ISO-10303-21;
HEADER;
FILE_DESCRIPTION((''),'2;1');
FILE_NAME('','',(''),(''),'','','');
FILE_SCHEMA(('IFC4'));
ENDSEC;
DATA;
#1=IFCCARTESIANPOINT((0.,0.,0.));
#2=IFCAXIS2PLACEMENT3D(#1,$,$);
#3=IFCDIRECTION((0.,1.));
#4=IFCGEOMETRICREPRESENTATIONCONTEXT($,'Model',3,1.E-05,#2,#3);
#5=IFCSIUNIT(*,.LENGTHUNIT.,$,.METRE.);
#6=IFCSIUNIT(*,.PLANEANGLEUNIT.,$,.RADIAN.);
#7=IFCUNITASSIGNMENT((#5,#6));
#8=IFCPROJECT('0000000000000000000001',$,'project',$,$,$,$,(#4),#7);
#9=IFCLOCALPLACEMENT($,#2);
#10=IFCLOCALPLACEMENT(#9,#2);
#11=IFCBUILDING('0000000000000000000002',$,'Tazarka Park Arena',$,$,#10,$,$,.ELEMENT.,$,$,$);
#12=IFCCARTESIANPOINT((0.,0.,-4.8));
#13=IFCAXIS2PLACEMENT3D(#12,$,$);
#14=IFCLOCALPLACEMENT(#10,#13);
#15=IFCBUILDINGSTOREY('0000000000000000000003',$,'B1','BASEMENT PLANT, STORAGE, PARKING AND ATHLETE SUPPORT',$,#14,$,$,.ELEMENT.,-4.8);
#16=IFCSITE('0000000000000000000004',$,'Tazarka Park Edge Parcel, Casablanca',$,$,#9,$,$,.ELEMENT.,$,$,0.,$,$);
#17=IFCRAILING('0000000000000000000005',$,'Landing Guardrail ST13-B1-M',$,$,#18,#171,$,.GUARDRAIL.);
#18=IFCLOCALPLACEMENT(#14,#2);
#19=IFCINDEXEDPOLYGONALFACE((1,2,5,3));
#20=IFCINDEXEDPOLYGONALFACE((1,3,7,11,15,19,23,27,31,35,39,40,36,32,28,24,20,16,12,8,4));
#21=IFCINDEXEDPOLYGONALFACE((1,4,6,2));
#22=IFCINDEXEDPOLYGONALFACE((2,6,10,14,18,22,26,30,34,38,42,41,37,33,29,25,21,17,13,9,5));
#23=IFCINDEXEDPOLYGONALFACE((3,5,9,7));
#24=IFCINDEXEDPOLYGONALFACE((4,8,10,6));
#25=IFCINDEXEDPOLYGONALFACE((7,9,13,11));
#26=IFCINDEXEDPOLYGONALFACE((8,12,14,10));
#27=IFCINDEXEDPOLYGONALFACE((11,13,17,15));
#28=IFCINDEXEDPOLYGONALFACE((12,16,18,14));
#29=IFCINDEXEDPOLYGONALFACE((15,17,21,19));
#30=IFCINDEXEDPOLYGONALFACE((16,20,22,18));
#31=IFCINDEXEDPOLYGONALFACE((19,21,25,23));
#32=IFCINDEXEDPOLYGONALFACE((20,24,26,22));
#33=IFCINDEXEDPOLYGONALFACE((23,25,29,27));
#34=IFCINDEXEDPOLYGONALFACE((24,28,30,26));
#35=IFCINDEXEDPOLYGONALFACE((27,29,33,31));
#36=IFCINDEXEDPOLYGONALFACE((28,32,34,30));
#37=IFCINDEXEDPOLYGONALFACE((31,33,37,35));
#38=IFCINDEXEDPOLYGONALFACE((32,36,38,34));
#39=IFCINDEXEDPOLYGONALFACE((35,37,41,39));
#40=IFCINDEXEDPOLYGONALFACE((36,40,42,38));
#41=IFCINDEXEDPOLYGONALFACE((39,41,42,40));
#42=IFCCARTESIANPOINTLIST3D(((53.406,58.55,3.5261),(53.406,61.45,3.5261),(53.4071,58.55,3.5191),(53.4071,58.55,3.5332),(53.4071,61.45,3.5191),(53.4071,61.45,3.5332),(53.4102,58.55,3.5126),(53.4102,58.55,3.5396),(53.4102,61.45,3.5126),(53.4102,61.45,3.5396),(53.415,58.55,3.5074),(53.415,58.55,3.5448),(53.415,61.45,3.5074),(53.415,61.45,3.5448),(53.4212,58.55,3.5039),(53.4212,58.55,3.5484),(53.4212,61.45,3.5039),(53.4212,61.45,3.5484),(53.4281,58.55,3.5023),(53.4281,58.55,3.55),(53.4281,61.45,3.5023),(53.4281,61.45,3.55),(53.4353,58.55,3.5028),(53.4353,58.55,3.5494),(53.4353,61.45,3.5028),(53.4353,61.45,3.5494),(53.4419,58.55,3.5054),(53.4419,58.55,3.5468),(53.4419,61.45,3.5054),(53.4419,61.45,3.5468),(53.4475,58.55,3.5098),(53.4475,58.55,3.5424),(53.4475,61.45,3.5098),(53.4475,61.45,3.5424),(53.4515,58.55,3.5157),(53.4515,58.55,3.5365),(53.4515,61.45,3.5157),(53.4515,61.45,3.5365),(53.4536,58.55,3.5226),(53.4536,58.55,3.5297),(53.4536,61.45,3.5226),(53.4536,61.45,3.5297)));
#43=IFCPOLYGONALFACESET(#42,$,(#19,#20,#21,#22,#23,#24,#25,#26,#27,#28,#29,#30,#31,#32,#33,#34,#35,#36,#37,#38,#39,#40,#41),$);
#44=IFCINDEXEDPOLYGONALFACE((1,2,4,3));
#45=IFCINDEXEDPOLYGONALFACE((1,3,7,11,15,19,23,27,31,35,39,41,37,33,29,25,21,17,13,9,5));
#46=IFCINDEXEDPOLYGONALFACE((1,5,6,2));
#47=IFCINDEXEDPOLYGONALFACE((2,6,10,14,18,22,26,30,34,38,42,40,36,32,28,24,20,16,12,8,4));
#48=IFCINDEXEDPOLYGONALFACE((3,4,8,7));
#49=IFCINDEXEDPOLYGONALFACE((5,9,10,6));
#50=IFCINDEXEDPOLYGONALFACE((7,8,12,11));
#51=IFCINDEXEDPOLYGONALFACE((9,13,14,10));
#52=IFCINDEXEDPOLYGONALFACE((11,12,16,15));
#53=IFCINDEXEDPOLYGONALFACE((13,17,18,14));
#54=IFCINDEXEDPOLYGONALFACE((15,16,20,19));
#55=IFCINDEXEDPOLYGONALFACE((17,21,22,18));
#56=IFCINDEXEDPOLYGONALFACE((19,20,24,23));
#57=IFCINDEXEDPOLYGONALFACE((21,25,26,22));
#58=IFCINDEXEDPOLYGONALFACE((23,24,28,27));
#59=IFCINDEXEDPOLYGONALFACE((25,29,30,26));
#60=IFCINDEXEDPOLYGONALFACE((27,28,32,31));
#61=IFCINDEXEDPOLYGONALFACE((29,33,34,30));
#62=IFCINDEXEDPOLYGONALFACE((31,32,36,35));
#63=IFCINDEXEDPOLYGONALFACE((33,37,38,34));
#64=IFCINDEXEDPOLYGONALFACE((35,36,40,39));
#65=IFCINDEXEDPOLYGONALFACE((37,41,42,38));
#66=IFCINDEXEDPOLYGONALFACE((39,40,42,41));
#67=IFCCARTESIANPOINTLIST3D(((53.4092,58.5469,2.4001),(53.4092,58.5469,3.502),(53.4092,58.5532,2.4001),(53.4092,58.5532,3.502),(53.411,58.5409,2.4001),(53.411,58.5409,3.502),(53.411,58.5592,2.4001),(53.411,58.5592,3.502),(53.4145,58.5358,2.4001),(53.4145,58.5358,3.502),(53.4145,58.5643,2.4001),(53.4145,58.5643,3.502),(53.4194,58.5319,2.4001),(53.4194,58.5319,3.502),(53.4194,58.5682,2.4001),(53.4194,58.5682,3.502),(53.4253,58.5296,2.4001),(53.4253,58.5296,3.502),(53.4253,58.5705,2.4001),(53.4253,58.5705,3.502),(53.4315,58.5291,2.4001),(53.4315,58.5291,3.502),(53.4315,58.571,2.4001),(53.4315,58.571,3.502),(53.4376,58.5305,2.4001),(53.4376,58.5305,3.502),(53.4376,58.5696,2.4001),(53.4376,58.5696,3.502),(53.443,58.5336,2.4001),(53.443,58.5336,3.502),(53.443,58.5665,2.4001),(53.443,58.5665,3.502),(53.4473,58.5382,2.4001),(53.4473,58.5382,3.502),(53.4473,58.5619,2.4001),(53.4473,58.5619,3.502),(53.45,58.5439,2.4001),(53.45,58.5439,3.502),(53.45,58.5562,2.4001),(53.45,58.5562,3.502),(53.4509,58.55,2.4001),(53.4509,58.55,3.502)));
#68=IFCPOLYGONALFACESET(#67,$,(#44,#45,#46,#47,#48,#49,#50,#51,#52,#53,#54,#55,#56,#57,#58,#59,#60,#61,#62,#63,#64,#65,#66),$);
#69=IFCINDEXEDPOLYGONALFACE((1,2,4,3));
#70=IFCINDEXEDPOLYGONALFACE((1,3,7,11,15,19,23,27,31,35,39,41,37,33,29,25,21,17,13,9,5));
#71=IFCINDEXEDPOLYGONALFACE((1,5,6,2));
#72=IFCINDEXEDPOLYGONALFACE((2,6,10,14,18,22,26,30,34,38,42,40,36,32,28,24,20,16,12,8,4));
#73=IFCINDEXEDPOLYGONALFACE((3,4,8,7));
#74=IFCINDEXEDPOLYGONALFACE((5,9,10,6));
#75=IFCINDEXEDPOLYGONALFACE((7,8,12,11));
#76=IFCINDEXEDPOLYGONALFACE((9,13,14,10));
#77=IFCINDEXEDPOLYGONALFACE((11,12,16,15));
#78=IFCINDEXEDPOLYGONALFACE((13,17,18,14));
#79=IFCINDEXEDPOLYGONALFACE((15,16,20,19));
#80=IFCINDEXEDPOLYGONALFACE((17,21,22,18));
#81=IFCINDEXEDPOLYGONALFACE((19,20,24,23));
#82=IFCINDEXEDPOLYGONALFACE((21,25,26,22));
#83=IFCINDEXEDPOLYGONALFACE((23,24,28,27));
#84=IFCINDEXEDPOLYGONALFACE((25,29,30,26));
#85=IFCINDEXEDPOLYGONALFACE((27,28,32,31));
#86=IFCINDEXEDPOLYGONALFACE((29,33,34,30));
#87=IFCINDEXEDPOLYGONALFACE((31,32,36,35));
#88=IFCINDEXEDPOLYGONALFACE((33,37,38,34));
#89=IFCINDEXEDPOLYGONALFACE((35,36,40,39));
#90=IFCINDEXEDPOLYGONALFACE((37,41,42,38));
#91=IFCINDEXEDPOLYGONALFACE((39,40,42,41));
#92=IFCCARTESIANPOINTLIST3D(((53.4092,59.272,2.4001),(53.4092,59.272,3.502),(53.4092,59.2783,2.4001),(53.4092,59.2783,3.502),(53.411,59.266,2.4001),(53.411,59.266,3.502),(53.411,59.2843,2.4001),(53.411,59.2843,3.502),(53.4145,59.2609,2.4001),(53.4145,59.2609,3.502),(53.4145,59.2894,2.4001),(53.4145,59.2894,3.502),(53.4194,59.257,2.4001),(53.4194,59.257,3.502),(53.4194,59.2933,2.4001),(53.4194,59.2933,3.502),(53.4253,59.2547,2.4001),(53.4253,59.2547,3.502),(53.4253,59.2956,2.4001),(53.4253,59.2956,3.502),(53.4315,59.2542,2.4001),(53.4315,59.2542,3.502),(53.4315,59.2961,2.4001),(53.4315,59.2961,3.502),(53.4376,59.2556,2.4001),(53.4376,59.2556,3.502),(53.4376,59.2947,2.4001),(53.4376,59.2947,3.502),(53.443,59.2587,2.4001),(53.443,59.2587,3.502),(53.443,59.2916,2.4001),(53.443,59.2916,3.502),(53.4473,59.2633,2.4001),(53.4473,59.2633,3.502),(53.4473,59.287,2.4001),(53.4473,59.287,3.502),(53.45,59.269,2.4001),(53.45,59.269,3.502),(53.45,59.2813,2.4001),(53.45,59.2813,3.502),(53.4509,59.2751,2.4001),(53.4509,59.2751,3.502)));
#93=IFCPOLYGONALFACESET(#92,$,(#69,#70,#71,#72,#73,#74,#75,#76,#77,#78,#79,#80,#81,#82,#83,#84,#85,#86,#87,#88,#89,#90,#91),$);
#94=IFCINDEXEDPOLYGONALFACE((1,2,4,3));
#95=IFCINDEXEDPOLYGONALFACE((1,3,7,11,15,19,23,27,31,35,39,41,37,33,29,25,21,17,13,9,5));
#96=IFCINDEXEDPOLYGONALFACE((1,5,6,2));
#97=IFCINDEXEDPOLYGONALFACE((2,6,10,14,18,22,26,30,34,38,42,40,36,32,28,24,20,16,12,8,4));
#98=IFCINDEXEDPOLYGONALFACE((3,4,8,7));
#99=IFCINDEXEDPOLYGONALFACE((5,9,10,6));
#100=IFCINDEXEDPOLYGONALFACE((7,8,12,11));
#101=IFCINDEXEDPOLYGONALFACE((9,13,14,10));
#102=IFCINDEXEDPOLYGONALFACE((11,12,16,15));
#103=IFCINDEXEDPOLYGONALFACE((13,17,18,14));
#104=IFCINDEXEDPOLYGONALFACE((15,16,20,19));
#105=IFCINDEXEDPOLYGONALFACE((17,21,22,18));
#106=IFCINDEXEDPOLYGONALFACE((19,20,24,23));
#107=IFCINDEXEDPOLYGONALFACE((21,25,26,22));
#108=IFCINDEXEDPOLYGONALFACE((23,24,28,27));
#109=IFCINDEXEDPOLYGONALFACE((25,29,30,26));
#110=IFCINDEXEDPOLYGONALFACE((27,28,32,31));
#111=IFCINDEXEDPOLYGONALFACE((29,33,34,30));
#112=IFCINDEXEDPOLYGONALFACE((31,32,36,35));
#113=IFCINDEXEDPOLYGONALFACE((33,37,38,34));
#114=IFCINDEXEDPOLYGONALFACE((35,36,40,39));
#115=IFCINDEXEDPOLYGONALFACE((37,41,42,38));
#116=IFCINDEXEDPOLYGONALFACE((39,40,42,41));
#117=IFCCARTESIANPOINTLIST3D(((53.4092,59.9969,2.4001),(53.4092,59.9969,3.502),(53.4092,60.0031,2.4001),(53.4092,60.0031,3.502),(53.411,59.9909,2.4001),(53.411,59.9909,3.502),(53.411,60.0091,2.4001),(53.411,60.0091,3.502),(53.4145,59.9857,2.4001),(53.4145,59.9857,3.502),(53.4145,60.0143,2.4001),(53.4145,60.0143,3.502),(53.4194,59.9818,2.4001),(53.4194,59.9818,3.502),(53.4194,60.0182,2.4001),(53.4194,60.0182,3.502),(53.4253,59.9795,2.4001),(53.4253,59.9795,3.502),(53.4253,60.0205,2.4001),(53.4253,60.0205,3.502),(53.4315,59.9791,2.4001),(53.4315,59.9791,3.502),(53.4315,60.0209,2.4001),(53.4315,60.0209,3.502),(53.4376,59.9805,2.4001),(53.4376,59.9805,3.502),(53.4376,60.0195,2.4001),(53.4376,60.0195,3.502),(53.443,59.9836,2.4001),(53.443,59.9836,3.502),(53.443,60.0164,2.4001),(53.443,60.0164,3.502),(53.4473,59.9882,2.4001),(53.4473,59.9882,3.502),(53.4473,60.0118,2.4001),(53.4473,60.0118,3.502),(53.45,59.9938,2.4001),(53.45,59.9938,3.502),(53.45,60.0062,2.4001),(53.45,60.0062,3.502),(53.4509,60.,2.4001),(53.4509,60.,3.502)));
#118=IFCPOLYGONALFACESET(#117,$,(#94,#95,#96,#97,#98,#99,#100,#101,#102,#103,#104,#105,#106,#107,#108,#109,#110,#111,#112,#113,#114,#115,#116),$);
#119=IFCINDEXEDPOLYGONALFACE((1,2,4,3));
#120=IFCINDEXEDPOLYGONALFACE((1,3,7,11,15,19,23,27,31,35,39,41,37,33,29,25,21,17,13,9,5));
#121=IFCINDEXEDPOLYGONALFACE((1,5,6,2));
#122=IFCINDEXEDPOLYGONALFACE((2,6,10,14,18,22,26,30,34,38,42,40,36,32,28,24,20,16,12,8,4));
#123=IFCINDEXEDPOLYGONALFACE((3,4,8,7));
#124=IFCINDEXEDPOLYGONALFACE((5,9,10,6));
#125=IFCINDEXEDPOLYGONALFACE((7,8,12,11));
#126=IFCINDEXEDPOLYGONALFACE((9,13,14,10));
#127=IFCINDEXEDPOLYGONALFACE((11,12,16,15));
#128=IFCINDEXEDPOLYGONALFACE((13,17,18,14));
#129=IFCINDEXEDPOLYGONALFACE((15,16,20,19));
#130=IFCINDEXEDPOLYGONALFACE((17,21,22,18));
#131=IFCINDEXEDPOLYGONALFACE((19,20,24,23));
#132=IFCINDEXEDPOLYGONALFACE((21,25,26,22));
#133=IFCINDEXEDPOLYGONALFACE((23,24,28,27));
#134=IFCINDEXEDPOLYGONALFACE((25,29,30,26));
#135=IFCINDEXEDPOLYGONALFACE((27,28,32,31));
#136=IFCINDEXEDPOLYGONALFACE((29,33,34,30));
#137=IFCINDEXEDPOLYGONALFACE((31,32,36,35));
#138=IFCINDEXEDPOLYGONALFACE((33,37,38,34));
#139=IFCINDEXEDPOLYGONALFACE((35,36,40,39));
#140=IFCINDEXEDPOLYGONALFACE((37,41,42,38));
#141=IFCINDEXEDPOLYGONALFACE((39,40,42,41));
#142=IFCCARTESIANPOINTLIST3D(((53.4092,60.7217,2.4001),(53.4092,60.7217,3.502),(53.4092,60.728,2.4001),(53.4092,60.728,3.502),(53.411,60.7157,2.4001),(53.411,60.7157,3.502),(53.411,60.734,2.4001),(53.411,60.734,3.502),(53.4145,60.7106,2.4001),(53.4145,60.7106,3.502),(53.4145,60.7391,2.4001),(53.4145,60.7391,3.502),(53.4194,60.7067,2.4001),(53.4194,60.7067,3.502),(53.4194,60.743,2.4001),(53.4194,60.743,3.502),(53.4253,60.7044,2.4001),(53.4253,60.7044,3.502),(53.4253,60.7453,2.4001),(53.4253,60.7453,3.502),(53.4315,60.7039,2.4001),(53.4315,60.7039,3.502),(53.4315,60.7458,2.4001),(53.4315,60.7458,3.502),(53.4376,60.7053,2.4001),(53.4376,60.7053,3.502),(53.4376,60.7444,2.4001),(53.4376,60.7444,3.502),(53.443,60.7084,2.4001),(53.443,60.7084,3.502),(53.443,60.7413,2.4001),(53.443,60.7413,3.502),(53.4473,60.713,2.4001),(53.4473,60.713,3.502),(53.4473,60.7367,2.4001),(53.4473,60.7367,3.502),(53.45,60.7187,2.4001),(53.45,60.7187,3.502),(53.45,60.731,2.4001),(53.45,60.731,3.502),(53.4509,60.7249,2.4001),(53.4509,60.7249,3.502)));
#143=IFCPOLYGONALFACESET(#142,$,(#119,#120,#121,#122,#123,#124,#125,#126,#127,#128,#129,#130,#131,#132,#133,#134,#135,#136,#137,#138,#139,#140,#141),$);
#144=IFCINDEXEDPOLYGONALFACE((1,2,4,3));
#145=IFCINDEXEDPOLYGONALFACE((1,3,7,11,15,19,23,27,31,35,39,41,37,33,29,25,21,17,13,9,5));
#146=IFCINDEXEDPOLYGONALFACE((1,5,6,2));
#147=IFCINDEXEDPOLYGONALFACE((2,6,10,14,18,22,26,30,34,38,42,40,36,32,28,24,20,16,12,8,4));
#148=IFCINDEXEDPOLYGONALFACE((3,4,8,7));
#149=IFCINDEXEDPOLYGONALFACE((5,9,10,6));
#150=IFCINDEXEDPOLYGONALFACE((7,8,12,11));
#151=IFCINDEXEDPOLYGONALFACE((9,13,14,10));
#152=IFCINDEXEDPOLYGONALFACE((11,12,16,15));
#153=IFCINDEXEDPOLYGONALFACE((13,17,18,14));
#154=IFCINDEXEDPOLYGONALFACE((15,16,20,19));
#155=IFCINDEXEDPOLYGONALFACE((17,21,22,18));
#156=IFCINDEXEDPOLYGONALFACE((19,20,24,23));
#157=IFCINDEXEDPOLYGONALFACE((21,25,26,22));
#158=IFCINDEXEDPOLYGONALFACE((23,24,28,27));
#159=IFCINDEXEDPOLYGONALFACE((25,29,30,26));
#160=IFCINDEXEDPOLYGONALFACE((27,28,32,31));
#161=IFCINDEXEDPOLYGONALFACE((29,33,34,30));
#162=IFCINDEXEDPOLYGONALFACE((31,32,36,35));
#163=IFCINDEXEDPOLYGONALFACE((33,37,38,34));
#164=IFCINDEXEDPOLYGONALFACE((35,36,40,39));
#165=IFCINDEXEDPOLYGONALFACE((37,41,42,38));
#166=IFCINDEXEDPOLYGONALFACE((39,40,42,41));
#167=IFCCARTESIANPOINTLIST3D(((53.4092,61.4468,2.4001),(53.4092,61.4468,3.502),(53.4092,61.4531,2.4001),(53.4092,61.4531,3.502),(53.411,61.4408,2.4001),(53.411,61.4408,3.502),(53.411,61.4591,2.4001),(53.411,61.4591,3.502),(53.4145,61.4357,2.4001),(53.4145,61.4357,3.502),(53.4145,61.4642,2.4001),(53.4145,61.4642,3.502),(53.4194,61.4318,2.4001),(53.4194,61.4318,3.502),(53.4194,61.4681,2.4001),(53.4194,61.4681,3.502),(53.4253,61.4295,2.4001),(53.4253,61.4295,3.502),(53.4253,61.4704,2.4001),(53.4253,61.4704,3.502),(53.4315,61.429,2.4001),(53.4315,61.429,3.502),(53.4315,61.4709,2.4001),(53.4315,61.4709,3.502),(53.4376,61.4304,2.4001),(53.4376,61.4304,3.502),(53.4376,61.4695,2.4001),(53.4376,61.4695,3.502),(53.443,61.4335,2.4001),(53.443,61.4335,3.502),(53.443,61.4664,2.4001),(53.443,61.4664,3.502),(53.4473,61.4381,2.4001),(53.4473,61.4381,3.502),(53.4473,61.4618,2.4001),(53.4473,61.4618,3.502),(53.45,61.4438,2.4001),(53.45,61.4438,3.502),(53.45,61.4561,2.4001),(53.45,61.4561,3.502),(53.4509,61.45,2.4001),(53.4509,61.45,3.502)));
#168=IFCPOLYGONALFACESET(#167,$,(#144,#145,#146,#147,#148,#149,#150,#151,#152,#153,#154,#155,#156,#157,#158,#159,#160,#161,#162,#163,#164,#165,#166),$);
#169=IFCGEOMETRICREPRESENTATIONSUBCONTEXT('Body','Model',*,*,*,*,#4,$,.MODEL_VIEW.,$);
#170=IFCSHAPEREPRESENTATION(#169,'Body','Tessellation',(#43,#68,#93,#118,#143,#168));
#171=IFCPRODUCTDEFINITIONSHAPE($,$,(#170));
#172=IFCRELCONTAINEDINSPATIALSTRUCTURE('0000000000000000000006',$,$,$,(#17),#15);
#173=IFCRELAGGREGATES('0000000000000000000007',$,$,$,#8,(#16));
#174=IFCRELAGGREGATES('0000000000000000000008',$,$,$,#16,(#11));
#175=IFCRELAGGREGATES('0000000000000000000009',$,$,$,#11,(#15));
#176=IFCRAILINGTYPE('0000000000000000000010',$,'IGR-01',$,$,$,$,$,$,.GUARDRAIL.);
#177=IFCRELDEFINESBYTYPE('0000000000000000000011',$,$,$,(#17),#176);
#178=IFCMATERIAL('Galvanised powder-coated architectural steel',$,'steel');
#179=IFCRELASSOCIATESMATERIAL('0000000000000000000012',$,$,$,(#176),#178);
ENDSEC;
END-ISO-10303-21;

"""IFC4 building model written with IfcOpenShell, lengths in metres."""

from ifc_helpers import new_model, si_unit, direction, frame, origin, origin_2d, place, context, subcontext, project, spatial, circle, extrude, material, type_object, element, save


model = new_model("IFC4")

# Units and contexts
model_context = context("Model", 3, precision=1e-05, world=origin(), true_north=direction((0.0, 1.0)))
body_context = subcontext(model_context, "Body", "Model", "MODEL_VIEW")
ifc_project = project(units=[si_unit("LENGTHUNIT", "METRE"), si_unit("PLANEANGLEUNIT", "RADIAN")], contexts=[model_context])

# Site, building, storey
site_placement = place(None, origin())
site = spatial("IfcSite", under=ifc_project, at=site_placement, Name="Tazarka Park Edge Parcel, Casablanca", CompositionType="ELEMENT", RefElevation=0.0)
building_placement = place(site_placement, origin())
building = spatial("IfcBuilding", under=site, at=building_placement, Name="Tazarka Park Arena", CompositionType="ELEMENT")
storey_placement = place(building_placement, frame((0.0, 0.0, -4.8)))
storey = spatial("IfcBuildingStorey", under=building, at=storey_placement, Name="B1", Description="BASEMENT PLANT, STORAGE, PARKING AND ATHLETE SUPPORT", CompositionType="ELEMENT", Elevation=-4.8)

# Railing
ifc_material_1 = material(Name="Galvanised powder-coated architectural steel", Category="steel")
railing_type_1 = type_object("IfcRailingType", Name="IGR-01", PredefinedType="GUARDRAIL", material=ifc_material_1)
railing_1_placement = place(storey_placement, frame((53.4299, 58.55, 2.4001)))
element("IfcRailing", 1, at=railing_1_placement, inside=storey, type_object=railing_type_1, Name="Landing Guardrail ST13-B1-M", PredefinedType="GUARDRAIL", context=body_context, shape_type="SweptSolid", body=[
    extrude(circle(Radius=0.0239, at=origin_2d()), frame((0.0, 0.0, 1.126), z_axis=(0.0, 1.0, 0.0), x_axis=(-1.0, 0.0, 0.0)), (0.0, 0.0, 1.0), 2.8999),
    extrude(circle(Radius=0.021, at=origin_2d()), origin(), (0.0, 0.0, 1.0), 1.1018),
    extrude(circle(Radius=0.021, at=origin_2d()), frame((0.0, 0.7251, 0.0)), (0.0, 0.0, 1.0), 1.1018),
    extrude(circle(Radius=0.021, at=origin_2d()), frame((0.0, 1.45, 0.0)), (0.0, 0.0, 1.0), 1.1018),
    extrude(circle(Radius=0.021, at=origin_2d()), frame((0.0, 2.1748, 0.0)), (0.0, 0.0, 1.0), 1.1018),
    extrude(circle(Radius=0.021, at=origin_2d()), frame((0.0, 2.8999, 0.0)), (0.0, 0.0, 1.0), 1.1018),
])

save(model, "model.ifc")
